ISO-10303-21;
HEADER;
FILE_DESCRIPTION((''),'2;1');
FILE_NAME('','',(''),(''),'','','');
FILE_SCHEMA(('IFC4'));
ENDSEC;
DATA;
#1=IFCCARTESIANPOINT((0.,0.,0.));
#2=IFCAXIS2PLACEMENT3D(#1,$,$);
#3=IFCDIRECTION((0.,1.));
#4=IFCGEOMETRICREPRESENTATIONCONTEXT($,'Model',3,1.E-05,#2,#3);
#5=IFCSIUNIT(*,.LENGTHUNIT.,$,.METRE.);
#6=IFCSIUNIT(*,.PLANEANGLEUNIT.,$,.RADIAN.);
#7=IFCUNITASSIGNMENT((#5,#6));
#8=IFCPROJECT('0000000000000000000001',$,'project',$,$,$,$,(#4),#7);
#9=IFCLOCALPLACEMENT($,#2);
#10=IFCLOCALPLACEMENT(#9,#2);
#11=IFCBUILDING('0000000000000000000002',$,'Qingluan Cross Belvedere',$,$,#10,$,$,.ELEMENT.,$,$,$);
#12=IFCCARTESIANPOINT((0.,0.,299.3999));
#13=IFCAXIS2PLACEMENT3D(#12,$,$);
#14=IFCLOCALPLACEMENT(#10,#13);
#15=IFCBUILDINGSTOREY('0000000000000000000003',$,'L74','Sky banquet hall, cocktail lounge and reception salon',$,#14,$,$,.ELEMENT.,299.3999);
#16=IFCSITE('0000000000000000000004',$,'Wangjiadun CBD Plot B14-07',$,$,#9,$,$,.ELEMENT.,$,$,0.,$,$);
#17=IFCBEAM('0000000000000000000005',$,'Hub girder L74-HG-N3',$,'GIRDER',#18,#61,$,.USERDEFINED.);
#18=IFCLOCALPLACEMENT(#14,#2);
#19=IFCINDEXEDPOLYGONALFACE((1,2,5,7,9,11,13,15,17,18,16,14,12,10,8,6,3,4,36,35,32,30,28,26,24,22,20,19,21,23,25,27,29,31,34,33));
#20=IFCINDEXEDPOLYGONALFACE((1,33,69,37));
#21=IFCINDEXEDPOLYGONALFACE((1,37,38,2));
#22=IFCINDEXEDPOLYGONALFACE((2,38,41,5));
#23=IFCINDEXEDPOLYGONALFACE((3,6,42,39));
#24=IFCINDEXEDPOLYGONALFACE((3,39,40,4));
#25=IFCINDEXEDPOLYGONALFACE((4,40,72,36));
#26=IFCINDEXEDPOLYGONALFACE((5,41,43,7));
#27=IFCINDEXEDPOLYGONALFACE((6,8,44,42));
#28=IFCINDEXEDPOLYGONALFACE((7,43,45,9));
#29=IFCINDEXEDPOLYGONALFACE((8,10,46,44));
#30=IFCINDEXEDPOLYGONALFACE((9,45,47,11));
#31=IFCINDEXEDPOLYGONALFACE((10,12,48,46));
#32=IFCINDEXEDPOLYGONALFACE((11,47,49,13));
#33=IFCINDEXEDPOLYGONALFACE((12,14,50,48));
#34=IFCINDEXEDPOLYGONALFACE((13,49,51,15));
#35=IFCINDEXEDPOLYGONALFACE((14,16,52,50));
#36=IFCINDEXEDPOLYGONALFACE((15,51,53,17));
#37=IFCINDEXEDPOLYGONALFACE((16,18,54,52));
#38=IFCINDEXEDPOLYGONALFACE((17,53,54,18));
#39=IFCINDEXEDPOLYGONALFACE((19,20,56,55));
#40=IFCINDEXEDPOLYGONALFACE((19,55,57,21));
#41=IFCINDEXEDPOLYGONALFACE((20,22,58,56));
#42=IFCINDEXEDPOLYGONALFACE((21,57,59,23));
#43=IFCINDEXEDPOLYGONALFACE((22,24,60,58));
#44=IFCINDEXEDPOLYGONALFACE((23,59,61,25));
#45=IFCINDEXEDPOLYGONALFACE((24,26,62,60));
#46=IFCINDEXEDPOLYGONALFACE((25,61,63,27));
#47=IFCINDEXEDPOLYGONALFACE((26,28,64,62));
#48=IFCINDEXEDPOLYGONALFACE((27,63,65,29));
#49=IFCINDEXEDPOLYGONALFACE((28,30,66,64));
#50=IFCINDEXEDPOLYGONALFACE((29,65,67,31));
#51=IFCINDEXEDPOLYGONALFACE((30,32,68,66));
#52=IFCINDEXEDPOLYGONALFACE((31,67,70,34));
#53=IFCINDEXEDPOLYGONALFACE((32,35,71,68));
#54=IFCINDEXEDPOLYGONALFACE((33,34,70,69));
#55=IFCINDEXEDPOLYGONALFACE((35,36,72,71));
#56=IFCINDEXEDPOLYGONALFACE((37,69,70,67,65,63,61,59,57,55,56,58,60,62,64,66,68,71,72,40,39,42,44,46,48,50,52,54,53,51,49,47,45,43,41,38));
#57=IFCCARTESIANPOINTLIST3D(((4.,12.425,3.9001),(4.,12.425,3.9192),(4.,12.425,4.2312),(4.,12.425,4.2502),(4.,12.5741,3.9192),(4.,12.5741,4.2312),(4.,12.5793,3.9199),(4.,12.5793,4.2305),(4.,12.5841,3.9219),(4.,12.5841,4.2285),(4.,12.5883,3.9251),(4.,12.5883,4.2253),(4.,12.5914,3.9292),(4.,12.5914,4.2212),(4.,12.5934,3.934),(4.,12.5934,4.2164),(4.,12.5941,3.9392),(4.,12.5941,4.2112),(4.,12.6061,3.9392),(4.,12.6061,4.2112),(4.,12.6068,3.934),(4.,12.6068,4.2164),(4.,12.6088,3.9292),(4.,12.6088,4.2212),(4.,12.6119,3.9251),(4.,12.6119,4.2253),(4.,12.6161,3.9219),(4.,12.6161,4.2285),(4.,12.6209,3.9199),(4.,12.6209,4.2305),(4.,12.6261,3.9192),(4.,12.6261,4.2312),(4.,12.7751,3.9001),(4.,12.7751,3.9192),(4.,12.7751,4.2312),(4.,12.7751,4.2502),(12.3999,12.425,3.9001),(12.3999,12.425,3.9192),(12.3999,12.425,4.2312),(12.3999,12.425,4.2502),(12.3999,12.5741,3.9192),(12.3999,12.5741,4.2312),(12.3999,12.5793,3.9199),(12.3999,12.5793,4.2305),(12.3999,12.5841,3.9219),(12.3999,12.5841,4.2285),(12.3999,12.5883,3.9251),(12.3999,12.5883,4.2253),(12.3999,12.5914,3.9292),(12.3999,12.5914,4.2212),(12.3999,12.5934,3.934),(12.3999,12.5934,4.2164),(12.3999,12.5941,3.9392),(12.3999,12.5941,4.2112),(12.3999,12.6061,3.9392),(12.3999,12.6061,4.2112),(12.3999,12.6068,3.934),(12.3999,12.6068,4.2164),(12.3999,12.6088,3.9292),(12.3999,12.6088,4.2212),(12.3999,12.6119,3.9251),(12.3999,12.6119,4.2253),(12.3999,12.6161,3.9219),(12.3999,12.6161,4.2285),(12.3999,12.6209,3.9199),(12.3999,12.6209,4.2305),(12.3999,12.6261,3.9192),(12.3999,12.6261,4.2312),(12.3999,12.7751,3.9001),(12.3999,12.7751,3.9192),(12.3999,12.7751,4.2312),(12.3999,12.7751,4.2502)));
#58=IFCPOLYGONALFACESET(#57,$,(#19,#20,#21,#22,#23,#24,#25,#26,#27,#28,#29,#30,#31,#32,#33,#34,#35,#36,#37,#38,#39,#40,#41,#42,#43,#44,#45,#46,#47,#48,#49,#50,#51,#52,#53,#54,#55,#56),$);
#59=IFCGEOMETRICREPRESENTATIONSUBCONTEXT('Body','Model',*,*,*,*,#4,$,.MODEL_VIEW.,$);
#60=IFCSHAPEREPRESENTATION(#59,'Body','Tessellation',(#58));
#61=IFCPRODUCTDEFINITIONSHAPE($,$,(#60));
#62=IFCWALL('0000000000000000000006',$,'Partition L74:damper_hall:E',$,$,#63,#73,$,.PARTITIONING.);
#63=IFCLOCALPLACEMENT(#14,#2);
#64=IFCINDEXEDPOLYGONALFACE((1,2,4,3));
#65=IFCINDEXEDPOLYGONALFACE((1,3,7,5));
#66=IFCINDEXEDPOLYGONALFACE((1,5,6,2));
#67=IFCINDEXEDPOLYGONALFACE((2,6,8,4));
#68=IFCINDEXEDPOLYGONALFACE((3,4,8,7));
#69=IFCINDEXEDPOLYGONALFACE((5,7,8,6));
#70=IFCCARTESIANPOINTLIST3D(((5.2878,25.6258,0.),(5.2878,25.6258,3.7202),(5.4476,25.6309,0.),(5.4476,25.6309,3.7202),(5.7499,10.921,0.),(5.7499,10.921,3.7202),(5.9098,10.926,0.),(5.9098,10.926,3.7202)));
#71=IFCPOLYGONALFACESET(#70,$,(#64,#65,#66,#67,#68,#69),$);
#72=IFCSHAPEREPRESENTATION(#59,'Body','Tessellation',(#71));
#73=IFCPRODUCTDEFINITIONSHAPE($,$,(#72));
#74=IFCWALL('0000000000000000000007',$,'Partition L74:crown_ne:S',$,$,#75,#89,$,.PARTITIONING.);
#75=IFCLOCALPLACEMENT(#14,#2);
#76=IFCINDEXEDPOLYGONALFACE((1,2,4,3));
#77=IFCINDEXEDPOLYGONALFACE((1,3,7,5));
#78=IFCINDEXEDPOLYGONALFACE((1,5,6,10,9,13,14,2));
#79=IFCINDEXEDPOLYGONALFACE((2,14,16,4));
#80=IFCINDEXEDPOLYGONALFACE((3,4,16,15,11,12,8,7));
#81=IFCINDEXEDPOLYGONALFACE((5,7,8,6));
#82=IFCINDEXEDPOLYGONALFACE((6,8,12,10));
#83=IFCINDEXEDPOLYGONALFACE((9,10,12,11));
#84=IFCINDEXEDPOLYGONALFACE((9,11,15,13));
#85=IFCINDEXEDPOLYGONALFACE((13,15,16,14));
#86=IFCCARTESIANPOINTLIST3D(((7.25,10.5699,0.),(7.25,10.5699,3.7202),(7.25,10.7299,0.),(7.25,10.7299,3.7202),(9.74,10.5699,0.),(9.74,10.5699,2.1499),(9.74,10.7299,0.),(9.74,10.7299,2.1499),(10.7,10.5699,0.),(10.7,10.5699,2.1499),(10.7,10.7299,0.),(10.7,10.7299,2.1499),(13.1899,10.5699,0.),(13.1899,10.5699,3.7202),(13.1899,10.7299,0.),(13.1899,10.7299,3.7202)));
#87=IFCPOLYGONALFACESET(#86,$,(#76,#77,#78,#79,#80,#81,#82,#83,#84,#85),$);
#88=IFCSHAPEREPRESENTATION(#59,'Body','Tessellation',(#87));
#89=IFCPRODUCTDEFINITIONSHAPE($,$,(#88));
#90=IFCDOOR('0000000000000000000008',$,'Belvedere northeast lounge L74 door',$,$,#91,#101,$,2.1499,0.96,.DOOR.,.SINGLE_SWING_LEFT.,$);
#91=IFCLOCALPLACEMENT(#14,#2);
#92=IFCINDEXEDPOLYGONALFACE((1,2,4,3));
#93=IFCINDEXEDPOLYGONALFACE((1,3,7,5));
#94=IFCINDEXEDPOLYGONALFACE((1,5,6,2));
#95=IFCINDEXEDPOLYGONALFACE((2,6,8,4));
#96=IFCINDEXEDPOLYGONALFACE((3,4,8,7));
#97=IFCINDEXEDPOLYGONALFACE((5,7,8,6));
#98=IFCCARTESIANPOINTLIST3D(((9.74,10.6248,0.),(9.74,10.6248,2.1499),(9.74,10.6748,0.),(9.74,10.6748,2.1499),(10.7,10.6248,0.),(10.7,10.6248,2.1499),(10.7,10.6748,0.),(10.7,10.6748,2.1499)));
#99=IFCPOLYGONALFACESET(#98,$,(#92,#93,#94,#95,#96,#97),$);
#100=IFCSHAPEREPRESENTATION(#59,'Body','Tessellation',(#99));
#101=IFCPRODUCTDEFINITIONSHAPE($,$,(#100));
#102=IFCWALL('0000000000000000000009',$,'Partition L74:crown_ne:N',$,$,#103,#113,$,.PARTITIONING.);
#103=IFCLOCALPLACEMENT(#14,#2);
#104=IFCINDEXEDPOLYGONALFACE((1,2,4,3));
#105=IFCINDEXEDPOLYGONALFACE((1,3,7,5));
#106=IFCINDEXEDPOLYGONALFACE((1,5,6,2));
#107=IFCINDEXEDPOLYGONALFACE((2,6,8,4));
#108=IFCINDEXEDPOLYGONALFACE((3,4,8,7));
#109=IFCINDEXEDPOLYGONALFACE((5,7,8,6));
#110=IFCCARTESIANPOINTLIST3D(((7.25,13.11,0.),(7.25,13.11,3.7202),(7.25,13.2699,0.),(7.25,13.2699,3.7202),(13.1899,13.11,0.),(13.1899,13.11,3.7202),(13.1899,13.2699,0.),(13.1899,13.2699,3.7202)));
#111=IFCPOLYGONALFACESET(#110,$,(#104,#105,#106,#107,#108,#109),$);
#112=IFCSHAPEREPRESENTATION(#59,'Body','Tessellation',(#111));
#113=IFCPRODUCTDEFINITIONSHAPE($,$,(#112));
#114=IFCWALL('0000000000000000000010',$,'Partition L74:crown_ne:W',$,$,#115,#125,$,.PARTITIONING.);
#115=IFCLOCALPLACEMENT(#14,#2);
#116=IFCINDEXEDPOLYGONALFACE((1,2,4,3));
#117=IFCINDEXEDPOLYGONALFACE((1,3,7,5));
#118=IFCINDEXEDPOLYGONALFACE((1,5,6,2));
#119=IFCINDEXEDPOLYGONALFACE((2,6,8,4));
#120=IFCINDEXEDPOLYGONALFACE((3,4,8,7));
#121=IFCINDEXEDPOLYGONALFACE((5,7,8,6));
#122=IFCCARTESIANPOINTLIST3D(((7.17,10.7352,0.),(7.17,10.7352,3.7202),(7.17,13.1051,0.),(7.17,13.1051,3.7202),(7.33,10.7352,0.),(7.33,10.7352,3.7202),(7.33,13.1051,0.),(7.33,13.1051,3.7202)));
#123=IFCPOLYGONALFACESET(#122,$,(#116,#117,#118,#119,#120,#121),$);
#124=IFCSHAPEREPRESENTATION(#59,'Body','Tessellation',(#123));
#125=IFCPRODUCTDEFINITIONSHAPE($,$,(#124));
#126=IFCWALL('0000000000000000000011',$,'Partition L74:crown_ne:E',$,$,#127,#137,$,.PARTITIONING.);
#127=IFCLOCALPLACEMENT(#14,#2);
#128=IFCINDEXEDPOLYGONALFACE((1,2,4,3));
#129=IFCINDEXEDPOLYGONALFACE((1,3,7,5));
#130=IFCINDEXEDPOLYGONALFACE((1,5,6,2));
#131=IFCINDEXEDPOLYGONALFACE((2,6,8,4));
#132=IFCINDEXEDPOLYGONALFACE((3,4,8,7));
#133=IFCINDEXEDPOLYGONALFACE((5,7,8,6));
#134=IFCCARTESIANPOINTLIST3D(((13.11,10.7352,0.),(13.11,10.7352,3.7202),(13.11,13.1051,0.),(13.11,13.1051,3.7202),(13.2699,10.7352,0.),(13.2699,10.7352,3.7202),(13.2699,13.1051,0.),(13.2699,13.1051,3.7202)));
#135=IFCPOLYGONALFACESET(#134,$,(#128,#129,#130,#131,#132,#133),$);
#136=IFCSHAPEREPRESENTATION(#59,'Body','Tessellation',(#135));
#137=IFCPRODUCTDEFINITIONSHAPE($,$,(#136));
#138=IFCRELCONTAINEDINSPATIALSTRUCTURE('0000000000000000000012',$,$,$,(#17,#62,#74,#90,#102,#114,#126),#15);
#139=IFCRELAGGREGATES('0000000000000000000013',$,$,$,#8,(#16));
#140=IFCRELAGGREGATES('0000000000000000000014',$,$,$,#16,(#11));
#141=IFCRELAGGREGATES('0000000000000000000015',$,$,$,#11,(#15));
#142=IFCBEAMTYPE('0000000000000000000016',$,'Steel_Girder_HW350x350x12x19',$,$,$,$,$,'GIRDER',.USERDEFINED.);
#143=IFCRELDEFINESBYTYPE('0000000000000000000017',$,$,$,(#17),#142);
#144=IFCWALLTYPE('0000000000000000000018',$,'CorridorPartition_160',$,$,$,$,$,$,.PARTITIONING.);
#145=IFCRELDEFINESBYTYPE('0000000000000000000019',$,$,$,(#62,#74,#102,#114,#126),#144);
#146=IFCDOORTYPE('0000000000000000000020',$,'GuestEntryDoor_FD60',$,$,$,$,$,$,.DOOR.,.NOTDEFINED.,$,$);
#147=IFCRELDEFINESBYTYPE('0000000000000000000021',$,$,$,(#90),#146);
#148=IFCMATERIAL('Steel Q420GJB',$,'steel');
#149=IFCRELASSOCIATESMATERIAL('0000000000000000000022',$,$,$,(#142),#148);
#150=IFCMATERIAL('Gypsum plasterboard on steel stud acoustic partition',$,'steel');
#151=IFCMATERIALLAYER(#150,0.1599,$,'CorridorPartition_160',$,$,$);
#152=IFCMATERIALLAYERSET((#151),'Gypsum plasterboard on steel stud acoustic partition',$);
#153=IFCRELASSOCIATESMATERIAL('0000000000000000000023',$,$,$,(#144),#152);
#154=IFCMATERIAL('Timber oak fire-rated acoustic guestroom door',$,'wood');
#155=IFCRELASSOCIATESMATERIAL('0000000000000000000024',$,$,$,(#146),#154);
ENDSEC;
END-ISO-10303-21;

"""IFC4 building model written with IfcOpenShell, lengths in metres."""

from ifc_helpers import new_model, si_unit, direction, frame, frame_2d, origin, origin_2d, place, context, subcontext, project, spatial, rectangle, i_section, extrude, material, layer, layer_set, material_profile, profile_set, type_object, element, fill, save


model = new_model("IFC4")

# Units and contexts
model_context = context("Model", 3, precision=1e-05, world=origin(), true_north=direction((0.0, 1.0)))
body_context = subcontext(model_context, "Body", "Model", "MODEL_VIEW")
ifc_project = project(units=[si_unit("LENGTHUNIT", "METRE"), si_unit("PLANEANGLEUNIT", "RADIAN")], contexts=[model_context])

# Site, building, storey
site_placement = place(None, origin())
site = spatial("IfcSite", under=ifc_project, at=site_placement, Name="Wangjiadun CBD Plot B14-07", CompositionType="ELEMENT", RefElevation=0.0)
building_placement = place(site_placement, origin())
building = spatial("IfcBuilding", under=site, at=building_placement, Name="Qingluan Cross Belvedere", CompositionType="ELEMENT")
storey_placement = place(building_placement, frame((0.0, 0.0, 299.3999)))
storey = spatial("IfcBuildingStorey", under=building, at=storey_placement, Name="L74", Description="Sky banquet hall, cocktail lounge and reception salon", CompositionType="ELEMENT", Elevation=299.3999)

# Beam
ifc_material_1 = material(Name="Steel Q420GJB", Category="steel")
ifc_material_profile_1 = material_profile(ifc_material_1, i_section(OverallWidth=0.3501, OverallDepth=0.3501, WebThickness=0.012, FlangeThickness=0.019, FilletRadius=0.02, at=origin_2d()), Name="HW350x350x12x19")
ifc_profile_set_1 = profile_set([ifc_material_profile_1], Name="Steel Q420GJB")
beam_type = type_object("IfcBeamType", Name="Steel_Girder_HW350x350x12x19", ElementType="GIRDER", PredefinedType="USERDEFINED", material=ifc_profile_set_1)
beam_placement = place(storey_placement, frame((4.0, 12.6001, 4.0752), z_axis=(1.0, 0.0, 0.0), x_axis=(0.0, 1.0, 0.0)))
element("IfcBeam", 1, at=beam_placement, inside=storey, type_object=beam_type, Name="Hub girder L74-HG-N3", ObjectType="GIRDER", PredefinedType="USERDEFINED", context=body_context, shape_type="SweptSolid", body=[
    extrude(i_section(OverallWidth=0.3501, OverallDepth=0.3501, WebThickness=0.012, FlangeThickness=0.019, FilletRadius=0.02, at=origin_2d()), origin(), (0.0, 0.0, 1.0), 8.3999),
])

# Wall
ifc_material_2 = material(Name="Gypsum plasterboard on steel stud acoustic partition", Category="steel")
ifc_layer_1 = layer(ifc_material_2, 0.1599, Name="CorridorPartition_160")
ifc_layer_set_1 = layer_set([ifc_layer_1], Name="Gypsum plasterboard on steel stud acoustic partition")
wall_type_1 = type_object("IfcWallType", Name="CorridorPartition_160", PredefinedType="PARTITIONING", material=ifc_layer_set_1)
wall_1_placement = place(storey_placement, frame((5.8298, 10.9236, 0.0), z_axis=(0.0, 0.0, 1.0), x_axis=(-0.031413, 0.999506, 0.0)))
element("IfcWall", 2, at=wall_1_placement, inside=storey, type_object=wall_type_1, Name="Partition L74:damper_hall:E", PredefinedType="PARTITIONING", context=body_context, shape_type="SweptSolid", body=[
    extrude(rectangle(XDim=14.7122, YDim=0.1599, at=frame_2d((7.356, 0.0))), origin(), (0.0, 0.0, 1.0), 3.7202),
])

# Wall, opening, door
wall_2_placement = place(storey_placement, frame((7.25, 10.6499, 0.0), z_axis=(0.0, 0.0, 1.0), x_axis=(1.0, 0.0, 0.0)))
wall_2 = element("IfcWall", 3, at=wall_2_placement, inside=storey, type_object=wall_type_1, Name="Partition L74:crown_ne:S", PredefinedType="PARTITIONING", context=body_context, shape_type="SweptSolid", body=[
    extrude(rectangle(XDim=5.9399, YDim=0.1599, at=frame_2d((2.97, 0.0))), origin(), (0.0, 0.0, 1.0), 3.7202),
])
opening_1_placement = place(wall_2_placement, frame((2.49, 0.0, 0.0)))
opening_1 = element("IfcOpeningElement", 4, at=opening_1_placement, cuts=wall_2, PredefinedType="OPENING", context=body_context, shape_type="SweptSolid", body=[
    extrude(rectangle(XDim=0.96, YDim=2.1499, at=frame_2d((0.48, 1.075))), frame((0.0, 0.0898, 0.0), z_axis=(0.0, -1.0, 0.0), x_axis=(1.0, 0.0, 0.0)), (0.0, 0.0, 1.0), 0.1799),
])
ifc_material_3 = material(Name="Timber oak fire-rated acoustic guestroom door", Category="wood")
door_type = type_object("IfcDoorType", Name="GuestEntryDoor_FD60", OperationType="NOTDEFINED", PredefinedType="DOOR", material=ifc_material_3)
door_placement = place(opening_1_placement, origin())
door = element("IfcDoor", 5, at=door_placement, inside=storey, type_object=door_type, Name="Belvedere northeast lounge L74 door", OperationType="SINGLE_SWING_LEFT", OverallHeight=2.1499, OverallWidth=0.96, PredefinedType="DOOR", context=body_context, shape_type="SweptSolid", body=[
    extrude(rectangle(XDim=0.96, YDim=2.1499, at=frame_2d((0.48, 1.075))), frame((0.0, 0.0249, 0.0), z_axis=(0.0, -1.0, 0.0), x_axis=(1.0, 0.0, 0.0)), (0.0, 0.0, 1.0), 0.05),
])
fill(opening_1, door)

# Walls
wall_3_placement = place(storey_placement, frame((7.25, 13.1899, 0.0), z_axis=(0.0, 0.0, 1.0), x_axis=(1.0, 0.0, 0.0)))
element("IfcWall", 6, at=wall_3_placement, inside=storey, type_object=wall_type_1, Name="Partition L74:crown_ne:N", PredefinedType="PARTITIONING", context=body_context, shape_type="SweptSolid", body=[
    extrude(rectangle(XDim=5.9399, YDim=0.1599, at=frame_2d((2.97, 0.0))), origin(), (0.0, 0.0, 1.0), 3.7202),
])
for number, where, z_axis, x_axis, name in (
    (7, (7.25, 10.7351, 0.0), (0.0, 0.0, 1.0), (0.0, 1.0, 0.0), "Partition L74:crown_ne:W"),
    (8, (13.1899, 10.7351, 0.0), (0.0, 0.0, 1.0), (0.0, 1.0, 0.0), "Partition L74:crown_ne:E"),
):
    element("IfcWall", number, at=place(storey_placement, frame(where, z_axis=z_axis, x_axis=x_axis)), inside=storey, type_object=wall_type_1, Name=name, PredefinedType="PARTITIONING", context=body_context, shape_type="SweptSolid", body=[
        extrude(rectangle(XDim=2.3699, YDim=0.1599, at=frame_2d((1.1851, 0.0))), origin(), (0.0, 0.0, 1.0), 3.7202),
    ])

save(model, "model.ifc")
